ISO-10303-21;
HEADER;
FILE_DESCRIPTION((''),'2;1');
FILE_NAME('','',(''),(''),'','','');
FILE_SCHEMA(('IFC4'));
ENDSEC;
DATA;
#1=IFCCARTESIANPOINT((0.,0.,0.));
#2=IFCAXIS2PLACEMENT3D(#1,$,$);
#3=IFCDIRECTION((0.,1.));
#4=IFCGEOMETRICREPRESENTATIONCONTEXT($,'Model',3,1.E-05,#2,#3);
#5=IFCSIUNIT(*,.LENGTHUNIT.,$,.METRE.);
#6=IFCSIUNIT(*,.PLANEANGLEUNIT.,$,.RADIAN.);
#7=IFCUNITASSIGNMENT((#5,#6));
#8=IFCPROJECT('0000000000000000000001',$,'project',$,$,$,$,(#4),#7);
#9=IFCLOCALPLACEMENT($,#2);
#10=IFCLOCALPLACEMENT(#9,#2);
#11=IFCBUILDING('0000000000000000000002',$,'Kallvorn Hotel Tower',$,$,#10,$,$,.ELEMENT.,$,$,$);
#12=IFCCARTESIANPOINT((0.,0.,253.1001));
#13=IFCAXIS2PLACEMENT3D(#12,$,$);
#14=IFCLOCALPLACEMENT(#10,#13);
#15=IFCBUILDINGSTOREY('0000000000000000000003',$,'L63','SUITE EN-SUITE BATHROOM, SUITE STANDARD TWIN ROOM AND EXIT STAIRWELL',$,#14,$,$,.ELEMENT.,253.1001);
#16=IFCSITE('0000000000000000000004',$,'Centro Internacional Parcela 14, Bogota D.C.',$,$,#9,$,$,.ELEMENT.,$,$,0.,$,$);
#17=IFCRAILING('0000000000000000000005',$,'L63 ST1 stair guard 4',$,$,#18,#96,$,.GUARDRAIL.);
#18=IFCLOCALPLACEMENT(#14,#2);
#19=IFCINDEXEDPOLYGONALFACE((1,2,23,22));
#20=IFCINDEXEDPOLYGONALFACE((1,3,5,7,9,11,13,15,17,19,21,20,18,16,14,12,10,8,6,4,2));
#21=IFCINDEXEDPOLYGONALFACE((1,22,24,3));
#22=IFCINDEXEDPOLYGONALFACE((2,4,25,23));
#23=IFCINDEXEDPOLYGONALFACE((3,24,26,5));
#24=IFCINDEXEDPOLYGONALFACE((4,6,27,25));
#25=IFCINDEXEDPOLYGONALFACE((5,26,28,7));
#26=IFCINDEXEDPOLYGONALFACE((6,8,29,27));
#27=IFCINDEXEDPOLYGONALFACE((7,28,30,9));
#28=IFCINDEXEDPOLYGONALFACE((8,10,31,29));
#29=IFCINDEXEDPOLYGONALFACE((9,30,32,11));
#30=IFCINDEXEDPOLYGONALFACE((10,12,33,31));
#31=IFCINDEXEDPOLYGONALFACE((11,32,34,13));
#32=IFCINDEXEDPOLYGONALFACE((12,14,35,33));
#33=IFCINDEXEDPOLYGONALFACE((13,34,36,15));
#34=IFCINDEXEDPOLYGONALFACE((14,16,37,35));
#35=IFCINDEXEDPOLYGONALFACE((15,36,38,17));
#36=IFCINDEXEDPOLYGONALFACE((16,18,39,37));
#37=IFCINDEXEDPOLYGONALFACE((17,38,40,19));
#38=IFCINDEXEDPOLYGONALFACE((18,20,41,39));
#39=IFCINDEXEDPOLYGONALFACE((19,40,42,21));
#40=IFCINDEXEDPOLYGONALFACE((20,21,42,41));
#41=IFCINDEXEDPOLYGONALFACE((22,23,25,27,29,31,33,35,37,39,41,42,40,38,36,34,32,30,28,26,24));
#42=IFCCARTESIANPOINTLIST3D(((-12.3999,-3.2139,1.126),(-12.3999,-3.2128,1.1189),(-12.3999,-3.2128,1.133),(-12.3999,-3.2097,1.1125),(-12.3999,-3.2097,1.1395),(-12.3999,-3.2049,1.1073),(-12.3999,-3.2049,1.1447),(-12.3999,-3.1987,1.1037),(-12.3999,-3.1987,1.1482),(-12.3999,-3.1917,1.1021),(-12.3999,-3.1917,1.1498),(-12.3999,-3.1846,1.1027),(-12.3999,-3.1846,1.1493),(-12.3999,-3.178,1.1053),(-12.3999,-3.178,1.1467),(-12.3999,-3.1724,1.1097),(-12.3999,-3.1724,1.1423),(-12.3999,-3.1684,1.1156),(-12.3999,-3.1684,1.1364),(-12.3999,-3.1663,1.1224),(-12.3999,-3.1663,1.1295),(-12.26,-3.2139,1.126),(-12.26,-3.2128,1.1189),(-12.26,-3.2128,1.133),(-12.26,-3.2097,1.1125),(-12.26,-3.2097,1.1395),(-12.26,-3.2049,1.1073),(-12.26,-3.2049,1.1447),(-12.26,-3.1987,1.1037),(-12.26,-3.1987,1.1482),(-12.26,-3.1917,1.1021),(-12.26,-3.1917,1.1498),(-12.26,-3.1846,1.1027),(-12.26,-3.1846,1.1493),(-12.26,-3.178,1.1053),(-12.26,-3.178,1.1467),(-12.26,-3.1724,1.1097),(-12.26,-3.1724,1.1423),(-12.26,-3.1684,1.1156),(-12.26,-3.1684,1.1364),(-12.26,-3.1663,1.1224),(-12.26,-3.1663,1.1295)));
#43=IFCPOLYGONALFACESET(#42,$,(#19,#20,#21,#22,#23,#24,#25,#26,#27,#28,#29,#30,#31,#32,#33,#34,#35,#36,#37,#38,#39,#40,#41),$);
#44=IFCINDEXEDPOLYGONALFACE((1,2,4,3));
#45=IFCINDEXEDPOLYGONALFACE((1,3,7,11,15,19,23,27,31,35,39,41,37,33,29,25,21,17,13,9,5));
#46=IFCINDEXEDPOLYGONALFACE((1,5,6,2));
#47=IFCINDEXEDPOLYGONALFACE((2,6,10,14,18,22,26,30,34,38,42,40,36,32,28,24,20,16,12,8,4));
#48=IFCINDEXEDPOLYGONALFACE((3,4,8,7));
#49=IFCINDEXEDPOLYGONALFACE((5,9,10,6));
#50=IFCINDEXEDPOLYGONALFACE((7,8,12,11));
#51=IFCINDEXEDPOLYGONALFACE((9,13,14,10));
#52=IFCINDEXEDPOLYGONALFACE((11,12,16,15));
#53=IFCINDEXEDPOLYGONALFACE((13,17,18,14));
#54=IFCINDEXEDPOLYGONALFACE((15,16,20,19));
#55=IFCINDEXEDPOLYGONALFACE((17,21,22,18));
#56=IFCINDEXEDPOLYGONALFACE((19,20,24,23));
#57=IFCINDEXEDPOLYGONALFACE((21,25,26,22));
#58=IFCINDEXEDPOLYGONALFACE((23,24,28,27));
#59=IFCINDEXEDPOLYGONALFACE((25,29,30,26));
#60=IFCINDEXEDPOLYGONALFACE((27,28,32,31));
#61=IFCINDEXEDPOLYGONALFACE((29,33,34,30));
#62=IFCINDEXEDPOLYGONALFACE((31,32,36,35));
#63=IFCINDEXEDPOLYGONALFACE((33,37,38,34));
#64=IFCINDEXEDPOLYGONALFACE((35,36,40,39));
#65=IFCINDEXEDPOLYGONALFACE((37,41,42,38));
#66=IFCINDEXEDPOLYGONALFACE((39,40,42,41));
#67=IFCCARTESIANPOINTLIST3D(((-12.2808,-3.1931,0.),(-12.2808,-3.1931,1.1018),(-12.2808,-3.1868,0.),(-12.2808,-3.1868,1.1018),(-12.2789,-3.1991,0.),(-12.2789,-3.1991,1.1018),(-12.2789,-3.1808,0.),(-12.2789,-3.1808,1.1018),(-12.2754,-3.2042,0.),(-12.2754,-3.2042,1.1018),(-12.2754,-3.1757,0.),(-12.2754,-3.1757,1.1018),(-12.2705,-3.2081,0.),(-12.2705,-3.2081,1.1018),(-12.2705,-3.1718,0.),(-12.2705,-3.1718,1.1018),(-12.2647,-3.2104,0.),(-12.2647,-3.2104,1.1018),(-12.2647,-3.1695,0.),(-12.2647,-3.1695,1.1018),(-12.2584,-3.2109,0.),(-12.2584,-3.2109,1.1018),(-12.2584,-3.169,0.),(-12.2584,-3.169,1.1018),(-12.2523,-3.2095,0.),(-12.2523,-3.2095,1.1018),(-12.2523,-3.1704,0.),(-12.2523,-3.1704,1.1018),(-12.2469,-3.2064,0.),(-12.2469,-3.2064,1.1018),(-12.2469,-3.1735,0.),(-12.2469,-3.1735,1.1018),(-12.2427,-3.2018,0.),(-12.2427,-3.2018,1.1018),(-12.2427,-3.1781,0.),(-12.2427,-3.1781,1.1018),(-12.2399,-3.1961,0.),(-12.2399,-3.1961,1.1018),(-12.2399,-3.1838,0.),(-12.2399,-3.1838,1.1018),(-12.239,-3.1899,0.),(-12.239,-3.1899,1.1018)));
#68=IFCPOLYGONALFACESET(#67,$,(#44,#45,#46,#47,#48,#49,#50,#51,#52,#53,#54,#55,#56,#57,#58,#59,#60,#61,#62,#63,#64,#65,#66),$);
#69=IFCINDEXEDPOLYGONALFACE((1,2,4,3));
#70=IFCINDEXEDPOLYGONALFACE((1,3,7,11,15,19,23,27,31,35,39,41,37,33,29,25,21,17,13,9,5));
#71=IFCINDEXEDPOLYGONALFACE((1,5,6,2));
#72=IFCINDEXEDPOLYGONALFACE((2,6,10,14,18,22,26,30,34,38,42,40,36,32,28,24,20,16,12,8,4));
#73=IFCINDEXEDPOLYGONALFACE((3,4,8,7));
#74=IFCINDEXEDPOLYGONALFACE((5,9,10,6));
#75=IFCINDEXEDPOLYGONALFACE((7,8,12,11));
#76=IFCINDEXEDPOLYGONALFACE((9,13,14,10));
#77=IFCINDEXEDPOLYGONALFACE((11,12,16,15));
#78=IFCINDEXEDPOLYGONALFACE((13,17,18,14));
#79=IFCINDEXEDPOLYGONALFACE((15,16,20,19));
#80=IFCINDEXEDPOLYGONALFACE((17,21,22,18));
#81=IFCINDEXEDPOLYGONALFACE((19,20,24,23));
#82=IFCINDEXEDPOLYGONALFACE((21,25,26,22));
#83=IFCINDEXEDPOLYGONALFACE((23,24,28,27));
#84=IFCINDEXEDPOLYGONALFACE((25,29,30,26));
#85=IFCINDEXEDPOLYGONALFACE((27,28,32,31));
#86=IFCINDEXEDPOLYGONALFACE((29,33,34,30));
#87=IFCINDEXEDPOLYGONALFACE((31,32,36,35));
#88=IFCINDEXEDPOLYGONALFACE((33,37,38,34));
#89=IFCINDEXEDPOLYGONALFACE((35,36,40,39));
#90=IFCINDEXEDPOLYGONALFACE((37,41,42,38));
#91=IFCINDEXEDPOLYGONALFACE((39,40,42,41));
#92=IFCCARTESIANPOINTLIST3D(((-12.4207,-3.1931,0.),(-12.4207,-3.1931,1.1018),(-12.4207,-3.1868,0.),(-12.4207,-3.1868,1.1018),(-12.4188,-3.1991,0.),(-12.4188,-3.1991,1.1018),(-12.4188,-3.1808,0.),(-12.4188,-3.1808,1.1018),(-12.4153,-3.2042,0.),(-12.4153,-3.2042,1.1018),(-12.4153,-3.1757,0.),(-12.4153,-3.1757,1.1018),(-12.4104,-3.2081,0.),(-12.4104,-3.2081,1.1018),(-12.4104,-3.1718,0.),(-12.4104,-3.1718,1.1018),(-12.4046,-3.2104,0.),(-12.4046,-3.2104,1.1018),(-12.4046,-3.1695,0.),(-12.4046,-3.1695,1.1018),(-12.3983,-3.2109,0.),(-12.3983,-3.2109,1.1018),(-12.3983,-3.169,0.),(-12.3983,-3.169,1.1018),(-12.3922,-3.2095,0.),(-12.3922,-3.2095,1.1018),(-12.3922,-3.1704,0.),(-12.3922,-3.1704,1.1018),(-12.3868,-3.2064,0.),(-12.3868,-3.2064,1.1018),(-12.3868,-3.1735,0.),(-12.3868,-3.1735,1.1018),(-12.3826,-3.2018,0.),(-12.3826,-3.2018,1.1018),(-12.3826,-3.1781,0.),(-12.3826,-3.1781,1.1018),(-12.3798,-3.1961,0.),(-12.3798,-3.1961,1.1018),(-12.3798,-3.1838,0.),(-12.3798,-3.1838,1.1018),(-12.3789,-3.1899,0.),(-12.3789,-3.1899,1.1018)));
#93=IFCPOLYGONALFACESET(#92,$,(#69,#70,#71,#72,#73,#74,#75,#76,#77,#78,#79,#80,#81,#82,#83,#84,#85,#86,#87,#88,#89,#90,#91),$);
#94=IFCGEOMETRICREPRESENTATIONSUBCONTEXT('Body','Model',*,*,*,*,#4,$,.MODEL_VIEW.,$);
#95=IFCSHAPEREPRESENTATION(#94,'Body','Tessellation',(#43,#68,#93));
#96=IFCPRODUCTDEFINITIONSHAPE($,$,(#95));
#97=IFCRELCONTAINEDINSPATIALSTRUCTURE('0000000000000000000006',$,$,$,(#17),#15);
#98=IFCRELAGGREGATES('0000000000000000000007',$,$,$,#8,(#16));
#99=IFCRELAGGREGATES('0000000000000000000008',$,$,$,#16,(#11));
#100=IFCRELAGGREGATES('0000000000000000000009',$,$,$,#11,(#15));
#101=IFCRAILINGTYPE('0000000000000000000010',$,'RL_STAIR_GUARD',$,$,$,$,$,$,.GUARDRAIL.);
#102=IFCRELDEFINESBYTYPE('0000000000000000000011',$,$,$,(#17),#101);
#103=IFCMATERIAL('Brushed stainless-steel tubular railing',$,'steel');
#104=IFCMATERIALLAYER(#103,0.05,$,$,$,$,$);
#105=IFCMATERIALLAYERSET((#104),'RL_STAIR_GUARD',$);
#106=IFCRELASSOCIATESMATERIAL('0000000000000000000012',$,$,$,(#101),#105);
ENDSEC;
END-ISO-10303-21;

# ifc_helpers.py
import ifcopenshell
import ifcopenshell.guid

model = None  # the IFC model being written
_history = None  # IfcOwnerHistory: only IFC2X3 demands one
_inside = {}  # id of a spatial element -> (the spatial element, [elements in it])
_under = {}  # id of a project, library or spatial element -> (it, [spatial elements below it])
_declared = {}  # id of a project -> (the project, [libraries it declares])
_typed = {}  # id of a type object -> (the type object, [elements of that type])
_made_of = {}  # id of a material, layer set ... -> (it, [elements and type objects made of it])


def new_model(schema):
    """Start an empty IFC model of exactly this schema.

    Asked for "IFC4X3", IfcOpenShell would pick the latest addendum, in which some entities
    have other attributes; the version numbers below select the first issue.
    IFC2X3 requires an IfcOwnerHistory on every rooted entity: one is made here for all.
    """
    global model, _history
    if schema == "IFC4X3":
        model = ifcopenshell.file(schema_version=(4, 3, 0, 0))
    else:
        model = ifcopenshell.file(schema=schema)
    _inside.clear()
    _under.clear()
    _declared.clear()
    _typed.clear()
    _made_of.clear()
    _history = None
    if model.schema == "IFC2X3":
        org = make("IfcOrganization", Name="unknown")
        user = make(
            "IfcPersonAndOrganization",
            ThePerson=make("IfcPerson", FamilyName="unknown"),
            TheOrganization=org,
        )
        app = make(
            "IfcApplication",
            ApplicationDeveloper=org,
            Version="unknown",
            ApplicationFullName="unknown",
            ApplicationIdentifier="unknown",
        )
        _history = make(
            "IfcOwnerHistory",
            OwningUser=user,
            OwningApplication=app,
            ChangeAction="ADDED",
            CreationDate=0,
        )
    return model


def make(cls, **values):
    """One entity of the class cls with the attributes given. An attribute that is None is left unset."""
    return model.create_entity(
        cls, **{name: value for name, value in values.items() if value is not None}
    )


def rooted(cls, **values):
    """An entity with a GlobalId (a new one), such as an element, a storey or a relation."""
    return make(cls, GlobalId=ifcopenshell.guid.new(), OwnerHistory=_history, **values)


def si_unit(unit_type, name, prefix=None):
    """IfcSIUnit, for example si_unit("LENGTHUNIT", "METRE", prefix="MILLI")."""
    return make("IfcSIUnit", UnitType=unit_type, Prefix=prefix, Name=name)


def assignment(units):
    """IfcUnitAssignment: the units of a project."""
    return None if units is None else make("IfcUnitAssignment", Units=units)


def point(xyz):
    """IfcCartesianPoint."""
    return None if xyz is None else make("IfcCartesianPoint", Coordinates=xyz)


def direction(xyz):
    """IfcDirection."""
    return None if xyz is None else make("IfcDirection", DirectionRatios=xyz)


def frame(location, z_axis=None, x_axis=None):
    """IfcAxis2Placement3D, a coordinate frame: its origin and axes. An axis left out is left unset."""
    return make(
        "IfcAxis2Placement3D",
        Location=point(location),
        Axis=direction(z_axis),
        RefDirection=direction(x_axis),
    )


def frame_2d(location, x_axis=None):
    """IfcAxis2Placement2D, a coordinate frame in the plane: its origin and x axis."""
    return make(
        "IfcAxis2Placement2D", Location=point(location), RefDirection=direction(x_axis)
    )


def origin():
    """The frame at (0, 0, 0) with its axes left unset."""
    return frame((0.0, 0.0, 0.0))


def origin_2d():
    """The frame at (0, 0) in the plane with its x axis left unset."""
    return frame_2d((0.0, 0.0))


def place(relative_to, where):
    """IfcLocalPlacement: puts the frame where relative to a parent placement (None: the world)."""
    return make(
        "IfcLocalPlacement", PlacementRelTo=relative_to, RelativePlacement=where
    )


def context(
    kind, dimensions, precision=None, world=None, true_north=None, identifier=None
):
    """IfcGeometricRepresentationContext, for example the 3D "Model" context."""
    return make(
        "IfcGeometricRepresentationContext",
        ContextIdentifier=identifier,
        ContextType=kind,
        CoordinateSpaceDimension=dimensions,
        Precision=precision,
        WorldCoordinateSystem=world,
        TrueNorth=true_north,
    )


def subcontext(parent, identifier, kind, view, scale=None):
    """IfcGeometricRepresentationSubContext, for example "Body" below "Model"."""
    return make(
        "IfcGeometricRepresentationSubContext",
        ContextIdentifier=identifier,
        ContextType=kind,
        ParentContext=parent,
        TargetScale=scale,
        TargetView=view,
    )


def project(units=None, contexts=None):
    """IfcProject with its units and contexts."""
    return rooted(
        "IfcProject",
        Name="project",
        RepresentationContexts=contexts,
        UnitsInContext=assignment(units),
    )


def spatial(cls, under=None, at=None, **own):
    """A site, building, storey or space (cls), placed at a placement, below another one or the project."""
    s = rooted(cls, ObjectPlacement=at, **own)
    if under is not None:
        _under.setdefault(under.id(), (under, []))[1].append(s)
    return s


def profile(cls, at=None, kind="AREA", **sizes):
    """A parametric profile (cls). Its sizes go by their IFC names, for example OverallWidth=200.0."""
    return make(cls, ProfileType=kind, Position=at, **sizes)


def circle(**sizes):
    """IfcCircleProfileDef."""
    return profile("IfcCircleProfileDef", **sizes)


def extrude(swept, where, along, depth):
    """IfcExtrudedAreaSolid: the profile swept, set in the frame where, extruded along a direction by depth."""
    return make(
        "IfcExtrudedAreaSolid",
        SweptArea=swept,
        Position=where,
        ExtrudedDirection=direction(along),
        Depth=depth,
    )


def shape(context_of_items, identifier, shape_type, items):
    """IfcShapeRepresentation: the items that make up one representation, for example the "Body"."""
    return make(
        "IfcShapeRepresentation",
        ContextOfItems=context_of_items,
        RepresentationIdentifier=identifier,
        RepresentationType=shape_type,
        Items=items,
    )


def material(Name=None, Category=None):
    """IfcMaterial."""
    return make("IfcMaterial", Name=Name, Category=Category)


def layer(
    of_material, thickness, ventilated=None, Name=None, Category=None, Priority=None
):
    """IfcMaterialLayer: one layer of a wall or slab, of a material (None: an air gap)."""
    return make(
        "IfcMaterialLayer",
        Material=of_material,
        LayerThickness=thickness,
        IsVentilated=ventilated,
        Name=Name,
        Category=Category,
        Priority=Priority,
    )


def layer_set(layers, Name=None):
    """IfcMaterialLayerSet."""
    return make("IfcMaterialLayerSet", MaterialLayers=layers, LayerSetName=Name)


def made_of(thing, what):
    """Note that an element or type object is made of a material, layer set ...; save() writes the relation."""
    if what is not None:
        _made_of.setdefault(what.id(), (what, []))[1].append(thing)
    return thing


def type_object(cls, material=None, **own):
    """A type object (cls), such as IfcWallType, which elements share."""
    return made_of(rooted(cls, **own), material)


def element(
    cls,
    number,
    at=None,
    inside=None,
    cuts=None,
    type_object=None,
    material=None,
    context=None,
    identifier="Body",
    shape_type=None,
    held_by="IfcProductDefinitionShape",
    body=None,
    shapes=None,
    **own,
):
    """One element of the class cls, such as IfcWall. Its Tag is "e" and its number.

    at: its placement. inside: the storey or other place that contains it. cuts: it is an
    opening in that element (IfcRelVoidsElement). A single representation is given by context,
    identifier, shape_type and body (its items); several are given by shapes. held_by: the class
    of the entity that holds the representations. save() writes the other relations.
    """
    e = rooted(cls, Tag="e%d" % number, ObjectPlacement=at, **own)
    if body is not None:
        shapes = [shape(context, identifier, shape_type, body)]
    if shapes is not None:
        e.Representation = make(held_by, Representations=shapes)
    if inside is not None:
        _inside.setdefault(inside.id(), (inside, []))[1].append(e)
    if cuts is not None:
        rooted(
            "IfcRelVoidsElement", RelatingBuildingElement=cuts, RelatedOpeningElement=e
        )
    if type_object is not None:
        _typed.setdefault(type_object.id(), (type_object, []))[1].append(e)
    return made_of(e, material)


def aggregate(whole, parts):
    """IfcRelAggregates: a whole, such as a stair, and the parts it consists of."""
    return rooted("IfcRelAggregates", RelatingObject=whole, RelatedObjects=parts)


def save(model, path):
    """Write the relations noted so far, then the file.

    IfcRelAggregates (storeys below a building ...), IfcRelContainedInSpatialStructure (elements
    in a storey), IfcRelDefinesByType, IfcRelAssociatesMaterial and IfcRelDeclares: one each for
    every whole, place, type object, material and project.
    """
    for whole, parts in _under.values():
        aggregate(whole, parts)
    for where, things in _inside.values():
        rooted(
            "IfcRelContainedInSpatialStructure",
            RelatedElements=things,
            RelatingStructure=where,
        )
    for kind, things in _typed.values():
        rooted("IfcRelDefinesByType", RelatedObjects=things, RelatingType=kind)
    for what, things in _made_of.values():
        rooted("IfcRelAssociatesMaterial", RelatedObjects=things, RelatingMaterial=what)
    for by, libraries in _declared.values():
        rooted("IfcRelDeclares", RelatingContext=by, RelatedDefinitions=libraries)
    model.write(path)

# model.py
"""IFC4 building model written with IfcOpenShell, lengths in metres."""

from ifc_helpers import new_model, si_unit, direction, frame, origin, origin_2d, place, context, subcontext, project, spatial, circle, extrude, material, layer, layer_set, type_object, element, save


model = new_model("IFC4")

# Units and contexts
model_context = context("Model", 3, precision=1e-05, world=origin(), true_north=direction((0.0, 1.0)))
body_context = subcontext(model_context, "Body", "Model", "MODEL_VIEW")
ifc_project = project(units=[si_unit("LENGTHUNIT", "METRE"), si_unit("PLANEANGLEUNIT", "RADIAN")], contexts=[model_context])

# Site, building, storey
site_placement = place(None, origin())
site = spatial("IfcSite", under=ifc_project, at=site_placement, Name="Centro Internacional Parcela 14, Bogota D.C.", CompositionType="ELEMENT", RefElevation=0.0)
building_placement = place(site_placement, origin())
building = spatial("IfcBuilding", under=site, at=building_placement, Name="Kallvorn Hotel Tower", CompositionType="ELEMENT")
storey_placement = place(building_placement, frame((0.0, 0.0, 253.1001)))
storey = spatial("IfcBuildingStorey", under=building, at=storey_placement, Name="L63", Description="SUITE EN-SUITE BATHROOM, SUITE STANDARD TWIN ROOM AND EXIT STAIRWELL", CompositionType="ELEMENT", Elevation=253.1001)

# Railing
ifc_material_1 = material(Name="Brushed stainless-steel tubular railing", Category="steel")
ifc_layer_1 = layer(ifc_material_1, 0.05)
ifc_layer_set_1 = layer_set([ifc_layer_1], Name="RL_STAIR_GUARD")
railing_type_1 = type_object("IfcRailingType", Name="RL_STAIR_GUARD", PredefinedType="GUARDRAIL", material=ifc_layer_set_1)
railing_1_placement = place(storey_placement, frame((-12.26, -3.1899, 0.0)))
element("IfcRailing", 1, at=railing_1_placement, inside=storey, type_object=railing_type_1, Name="L63 ST1 stair guard 4", PredefinedType="GUARDRAIL", context=body_context, shape_type="SweptSolid", body=[
    extrude(circle(Radius=0.0239, at=origin_2d()), frame((0.0, 0.0, 1.126), z_axis=(-1.0, 0.0, 0.0), x_axis=(0.0, -1.0, 0.0)), (0.0, 0.0, 1.0), 0.1399),
    extrude(circle(Radius=0.021, at=origin_2d()), origin(), (0.0, 0.0, 1.0), 1.1018),
    extrude(circle(Radius=0.021, at=origin_2d()), frame((-0.1399, 0.0, 0.0)), (0.0, 0.0, 1.0), 1.1018),
])

save(model, "model.ifc")
